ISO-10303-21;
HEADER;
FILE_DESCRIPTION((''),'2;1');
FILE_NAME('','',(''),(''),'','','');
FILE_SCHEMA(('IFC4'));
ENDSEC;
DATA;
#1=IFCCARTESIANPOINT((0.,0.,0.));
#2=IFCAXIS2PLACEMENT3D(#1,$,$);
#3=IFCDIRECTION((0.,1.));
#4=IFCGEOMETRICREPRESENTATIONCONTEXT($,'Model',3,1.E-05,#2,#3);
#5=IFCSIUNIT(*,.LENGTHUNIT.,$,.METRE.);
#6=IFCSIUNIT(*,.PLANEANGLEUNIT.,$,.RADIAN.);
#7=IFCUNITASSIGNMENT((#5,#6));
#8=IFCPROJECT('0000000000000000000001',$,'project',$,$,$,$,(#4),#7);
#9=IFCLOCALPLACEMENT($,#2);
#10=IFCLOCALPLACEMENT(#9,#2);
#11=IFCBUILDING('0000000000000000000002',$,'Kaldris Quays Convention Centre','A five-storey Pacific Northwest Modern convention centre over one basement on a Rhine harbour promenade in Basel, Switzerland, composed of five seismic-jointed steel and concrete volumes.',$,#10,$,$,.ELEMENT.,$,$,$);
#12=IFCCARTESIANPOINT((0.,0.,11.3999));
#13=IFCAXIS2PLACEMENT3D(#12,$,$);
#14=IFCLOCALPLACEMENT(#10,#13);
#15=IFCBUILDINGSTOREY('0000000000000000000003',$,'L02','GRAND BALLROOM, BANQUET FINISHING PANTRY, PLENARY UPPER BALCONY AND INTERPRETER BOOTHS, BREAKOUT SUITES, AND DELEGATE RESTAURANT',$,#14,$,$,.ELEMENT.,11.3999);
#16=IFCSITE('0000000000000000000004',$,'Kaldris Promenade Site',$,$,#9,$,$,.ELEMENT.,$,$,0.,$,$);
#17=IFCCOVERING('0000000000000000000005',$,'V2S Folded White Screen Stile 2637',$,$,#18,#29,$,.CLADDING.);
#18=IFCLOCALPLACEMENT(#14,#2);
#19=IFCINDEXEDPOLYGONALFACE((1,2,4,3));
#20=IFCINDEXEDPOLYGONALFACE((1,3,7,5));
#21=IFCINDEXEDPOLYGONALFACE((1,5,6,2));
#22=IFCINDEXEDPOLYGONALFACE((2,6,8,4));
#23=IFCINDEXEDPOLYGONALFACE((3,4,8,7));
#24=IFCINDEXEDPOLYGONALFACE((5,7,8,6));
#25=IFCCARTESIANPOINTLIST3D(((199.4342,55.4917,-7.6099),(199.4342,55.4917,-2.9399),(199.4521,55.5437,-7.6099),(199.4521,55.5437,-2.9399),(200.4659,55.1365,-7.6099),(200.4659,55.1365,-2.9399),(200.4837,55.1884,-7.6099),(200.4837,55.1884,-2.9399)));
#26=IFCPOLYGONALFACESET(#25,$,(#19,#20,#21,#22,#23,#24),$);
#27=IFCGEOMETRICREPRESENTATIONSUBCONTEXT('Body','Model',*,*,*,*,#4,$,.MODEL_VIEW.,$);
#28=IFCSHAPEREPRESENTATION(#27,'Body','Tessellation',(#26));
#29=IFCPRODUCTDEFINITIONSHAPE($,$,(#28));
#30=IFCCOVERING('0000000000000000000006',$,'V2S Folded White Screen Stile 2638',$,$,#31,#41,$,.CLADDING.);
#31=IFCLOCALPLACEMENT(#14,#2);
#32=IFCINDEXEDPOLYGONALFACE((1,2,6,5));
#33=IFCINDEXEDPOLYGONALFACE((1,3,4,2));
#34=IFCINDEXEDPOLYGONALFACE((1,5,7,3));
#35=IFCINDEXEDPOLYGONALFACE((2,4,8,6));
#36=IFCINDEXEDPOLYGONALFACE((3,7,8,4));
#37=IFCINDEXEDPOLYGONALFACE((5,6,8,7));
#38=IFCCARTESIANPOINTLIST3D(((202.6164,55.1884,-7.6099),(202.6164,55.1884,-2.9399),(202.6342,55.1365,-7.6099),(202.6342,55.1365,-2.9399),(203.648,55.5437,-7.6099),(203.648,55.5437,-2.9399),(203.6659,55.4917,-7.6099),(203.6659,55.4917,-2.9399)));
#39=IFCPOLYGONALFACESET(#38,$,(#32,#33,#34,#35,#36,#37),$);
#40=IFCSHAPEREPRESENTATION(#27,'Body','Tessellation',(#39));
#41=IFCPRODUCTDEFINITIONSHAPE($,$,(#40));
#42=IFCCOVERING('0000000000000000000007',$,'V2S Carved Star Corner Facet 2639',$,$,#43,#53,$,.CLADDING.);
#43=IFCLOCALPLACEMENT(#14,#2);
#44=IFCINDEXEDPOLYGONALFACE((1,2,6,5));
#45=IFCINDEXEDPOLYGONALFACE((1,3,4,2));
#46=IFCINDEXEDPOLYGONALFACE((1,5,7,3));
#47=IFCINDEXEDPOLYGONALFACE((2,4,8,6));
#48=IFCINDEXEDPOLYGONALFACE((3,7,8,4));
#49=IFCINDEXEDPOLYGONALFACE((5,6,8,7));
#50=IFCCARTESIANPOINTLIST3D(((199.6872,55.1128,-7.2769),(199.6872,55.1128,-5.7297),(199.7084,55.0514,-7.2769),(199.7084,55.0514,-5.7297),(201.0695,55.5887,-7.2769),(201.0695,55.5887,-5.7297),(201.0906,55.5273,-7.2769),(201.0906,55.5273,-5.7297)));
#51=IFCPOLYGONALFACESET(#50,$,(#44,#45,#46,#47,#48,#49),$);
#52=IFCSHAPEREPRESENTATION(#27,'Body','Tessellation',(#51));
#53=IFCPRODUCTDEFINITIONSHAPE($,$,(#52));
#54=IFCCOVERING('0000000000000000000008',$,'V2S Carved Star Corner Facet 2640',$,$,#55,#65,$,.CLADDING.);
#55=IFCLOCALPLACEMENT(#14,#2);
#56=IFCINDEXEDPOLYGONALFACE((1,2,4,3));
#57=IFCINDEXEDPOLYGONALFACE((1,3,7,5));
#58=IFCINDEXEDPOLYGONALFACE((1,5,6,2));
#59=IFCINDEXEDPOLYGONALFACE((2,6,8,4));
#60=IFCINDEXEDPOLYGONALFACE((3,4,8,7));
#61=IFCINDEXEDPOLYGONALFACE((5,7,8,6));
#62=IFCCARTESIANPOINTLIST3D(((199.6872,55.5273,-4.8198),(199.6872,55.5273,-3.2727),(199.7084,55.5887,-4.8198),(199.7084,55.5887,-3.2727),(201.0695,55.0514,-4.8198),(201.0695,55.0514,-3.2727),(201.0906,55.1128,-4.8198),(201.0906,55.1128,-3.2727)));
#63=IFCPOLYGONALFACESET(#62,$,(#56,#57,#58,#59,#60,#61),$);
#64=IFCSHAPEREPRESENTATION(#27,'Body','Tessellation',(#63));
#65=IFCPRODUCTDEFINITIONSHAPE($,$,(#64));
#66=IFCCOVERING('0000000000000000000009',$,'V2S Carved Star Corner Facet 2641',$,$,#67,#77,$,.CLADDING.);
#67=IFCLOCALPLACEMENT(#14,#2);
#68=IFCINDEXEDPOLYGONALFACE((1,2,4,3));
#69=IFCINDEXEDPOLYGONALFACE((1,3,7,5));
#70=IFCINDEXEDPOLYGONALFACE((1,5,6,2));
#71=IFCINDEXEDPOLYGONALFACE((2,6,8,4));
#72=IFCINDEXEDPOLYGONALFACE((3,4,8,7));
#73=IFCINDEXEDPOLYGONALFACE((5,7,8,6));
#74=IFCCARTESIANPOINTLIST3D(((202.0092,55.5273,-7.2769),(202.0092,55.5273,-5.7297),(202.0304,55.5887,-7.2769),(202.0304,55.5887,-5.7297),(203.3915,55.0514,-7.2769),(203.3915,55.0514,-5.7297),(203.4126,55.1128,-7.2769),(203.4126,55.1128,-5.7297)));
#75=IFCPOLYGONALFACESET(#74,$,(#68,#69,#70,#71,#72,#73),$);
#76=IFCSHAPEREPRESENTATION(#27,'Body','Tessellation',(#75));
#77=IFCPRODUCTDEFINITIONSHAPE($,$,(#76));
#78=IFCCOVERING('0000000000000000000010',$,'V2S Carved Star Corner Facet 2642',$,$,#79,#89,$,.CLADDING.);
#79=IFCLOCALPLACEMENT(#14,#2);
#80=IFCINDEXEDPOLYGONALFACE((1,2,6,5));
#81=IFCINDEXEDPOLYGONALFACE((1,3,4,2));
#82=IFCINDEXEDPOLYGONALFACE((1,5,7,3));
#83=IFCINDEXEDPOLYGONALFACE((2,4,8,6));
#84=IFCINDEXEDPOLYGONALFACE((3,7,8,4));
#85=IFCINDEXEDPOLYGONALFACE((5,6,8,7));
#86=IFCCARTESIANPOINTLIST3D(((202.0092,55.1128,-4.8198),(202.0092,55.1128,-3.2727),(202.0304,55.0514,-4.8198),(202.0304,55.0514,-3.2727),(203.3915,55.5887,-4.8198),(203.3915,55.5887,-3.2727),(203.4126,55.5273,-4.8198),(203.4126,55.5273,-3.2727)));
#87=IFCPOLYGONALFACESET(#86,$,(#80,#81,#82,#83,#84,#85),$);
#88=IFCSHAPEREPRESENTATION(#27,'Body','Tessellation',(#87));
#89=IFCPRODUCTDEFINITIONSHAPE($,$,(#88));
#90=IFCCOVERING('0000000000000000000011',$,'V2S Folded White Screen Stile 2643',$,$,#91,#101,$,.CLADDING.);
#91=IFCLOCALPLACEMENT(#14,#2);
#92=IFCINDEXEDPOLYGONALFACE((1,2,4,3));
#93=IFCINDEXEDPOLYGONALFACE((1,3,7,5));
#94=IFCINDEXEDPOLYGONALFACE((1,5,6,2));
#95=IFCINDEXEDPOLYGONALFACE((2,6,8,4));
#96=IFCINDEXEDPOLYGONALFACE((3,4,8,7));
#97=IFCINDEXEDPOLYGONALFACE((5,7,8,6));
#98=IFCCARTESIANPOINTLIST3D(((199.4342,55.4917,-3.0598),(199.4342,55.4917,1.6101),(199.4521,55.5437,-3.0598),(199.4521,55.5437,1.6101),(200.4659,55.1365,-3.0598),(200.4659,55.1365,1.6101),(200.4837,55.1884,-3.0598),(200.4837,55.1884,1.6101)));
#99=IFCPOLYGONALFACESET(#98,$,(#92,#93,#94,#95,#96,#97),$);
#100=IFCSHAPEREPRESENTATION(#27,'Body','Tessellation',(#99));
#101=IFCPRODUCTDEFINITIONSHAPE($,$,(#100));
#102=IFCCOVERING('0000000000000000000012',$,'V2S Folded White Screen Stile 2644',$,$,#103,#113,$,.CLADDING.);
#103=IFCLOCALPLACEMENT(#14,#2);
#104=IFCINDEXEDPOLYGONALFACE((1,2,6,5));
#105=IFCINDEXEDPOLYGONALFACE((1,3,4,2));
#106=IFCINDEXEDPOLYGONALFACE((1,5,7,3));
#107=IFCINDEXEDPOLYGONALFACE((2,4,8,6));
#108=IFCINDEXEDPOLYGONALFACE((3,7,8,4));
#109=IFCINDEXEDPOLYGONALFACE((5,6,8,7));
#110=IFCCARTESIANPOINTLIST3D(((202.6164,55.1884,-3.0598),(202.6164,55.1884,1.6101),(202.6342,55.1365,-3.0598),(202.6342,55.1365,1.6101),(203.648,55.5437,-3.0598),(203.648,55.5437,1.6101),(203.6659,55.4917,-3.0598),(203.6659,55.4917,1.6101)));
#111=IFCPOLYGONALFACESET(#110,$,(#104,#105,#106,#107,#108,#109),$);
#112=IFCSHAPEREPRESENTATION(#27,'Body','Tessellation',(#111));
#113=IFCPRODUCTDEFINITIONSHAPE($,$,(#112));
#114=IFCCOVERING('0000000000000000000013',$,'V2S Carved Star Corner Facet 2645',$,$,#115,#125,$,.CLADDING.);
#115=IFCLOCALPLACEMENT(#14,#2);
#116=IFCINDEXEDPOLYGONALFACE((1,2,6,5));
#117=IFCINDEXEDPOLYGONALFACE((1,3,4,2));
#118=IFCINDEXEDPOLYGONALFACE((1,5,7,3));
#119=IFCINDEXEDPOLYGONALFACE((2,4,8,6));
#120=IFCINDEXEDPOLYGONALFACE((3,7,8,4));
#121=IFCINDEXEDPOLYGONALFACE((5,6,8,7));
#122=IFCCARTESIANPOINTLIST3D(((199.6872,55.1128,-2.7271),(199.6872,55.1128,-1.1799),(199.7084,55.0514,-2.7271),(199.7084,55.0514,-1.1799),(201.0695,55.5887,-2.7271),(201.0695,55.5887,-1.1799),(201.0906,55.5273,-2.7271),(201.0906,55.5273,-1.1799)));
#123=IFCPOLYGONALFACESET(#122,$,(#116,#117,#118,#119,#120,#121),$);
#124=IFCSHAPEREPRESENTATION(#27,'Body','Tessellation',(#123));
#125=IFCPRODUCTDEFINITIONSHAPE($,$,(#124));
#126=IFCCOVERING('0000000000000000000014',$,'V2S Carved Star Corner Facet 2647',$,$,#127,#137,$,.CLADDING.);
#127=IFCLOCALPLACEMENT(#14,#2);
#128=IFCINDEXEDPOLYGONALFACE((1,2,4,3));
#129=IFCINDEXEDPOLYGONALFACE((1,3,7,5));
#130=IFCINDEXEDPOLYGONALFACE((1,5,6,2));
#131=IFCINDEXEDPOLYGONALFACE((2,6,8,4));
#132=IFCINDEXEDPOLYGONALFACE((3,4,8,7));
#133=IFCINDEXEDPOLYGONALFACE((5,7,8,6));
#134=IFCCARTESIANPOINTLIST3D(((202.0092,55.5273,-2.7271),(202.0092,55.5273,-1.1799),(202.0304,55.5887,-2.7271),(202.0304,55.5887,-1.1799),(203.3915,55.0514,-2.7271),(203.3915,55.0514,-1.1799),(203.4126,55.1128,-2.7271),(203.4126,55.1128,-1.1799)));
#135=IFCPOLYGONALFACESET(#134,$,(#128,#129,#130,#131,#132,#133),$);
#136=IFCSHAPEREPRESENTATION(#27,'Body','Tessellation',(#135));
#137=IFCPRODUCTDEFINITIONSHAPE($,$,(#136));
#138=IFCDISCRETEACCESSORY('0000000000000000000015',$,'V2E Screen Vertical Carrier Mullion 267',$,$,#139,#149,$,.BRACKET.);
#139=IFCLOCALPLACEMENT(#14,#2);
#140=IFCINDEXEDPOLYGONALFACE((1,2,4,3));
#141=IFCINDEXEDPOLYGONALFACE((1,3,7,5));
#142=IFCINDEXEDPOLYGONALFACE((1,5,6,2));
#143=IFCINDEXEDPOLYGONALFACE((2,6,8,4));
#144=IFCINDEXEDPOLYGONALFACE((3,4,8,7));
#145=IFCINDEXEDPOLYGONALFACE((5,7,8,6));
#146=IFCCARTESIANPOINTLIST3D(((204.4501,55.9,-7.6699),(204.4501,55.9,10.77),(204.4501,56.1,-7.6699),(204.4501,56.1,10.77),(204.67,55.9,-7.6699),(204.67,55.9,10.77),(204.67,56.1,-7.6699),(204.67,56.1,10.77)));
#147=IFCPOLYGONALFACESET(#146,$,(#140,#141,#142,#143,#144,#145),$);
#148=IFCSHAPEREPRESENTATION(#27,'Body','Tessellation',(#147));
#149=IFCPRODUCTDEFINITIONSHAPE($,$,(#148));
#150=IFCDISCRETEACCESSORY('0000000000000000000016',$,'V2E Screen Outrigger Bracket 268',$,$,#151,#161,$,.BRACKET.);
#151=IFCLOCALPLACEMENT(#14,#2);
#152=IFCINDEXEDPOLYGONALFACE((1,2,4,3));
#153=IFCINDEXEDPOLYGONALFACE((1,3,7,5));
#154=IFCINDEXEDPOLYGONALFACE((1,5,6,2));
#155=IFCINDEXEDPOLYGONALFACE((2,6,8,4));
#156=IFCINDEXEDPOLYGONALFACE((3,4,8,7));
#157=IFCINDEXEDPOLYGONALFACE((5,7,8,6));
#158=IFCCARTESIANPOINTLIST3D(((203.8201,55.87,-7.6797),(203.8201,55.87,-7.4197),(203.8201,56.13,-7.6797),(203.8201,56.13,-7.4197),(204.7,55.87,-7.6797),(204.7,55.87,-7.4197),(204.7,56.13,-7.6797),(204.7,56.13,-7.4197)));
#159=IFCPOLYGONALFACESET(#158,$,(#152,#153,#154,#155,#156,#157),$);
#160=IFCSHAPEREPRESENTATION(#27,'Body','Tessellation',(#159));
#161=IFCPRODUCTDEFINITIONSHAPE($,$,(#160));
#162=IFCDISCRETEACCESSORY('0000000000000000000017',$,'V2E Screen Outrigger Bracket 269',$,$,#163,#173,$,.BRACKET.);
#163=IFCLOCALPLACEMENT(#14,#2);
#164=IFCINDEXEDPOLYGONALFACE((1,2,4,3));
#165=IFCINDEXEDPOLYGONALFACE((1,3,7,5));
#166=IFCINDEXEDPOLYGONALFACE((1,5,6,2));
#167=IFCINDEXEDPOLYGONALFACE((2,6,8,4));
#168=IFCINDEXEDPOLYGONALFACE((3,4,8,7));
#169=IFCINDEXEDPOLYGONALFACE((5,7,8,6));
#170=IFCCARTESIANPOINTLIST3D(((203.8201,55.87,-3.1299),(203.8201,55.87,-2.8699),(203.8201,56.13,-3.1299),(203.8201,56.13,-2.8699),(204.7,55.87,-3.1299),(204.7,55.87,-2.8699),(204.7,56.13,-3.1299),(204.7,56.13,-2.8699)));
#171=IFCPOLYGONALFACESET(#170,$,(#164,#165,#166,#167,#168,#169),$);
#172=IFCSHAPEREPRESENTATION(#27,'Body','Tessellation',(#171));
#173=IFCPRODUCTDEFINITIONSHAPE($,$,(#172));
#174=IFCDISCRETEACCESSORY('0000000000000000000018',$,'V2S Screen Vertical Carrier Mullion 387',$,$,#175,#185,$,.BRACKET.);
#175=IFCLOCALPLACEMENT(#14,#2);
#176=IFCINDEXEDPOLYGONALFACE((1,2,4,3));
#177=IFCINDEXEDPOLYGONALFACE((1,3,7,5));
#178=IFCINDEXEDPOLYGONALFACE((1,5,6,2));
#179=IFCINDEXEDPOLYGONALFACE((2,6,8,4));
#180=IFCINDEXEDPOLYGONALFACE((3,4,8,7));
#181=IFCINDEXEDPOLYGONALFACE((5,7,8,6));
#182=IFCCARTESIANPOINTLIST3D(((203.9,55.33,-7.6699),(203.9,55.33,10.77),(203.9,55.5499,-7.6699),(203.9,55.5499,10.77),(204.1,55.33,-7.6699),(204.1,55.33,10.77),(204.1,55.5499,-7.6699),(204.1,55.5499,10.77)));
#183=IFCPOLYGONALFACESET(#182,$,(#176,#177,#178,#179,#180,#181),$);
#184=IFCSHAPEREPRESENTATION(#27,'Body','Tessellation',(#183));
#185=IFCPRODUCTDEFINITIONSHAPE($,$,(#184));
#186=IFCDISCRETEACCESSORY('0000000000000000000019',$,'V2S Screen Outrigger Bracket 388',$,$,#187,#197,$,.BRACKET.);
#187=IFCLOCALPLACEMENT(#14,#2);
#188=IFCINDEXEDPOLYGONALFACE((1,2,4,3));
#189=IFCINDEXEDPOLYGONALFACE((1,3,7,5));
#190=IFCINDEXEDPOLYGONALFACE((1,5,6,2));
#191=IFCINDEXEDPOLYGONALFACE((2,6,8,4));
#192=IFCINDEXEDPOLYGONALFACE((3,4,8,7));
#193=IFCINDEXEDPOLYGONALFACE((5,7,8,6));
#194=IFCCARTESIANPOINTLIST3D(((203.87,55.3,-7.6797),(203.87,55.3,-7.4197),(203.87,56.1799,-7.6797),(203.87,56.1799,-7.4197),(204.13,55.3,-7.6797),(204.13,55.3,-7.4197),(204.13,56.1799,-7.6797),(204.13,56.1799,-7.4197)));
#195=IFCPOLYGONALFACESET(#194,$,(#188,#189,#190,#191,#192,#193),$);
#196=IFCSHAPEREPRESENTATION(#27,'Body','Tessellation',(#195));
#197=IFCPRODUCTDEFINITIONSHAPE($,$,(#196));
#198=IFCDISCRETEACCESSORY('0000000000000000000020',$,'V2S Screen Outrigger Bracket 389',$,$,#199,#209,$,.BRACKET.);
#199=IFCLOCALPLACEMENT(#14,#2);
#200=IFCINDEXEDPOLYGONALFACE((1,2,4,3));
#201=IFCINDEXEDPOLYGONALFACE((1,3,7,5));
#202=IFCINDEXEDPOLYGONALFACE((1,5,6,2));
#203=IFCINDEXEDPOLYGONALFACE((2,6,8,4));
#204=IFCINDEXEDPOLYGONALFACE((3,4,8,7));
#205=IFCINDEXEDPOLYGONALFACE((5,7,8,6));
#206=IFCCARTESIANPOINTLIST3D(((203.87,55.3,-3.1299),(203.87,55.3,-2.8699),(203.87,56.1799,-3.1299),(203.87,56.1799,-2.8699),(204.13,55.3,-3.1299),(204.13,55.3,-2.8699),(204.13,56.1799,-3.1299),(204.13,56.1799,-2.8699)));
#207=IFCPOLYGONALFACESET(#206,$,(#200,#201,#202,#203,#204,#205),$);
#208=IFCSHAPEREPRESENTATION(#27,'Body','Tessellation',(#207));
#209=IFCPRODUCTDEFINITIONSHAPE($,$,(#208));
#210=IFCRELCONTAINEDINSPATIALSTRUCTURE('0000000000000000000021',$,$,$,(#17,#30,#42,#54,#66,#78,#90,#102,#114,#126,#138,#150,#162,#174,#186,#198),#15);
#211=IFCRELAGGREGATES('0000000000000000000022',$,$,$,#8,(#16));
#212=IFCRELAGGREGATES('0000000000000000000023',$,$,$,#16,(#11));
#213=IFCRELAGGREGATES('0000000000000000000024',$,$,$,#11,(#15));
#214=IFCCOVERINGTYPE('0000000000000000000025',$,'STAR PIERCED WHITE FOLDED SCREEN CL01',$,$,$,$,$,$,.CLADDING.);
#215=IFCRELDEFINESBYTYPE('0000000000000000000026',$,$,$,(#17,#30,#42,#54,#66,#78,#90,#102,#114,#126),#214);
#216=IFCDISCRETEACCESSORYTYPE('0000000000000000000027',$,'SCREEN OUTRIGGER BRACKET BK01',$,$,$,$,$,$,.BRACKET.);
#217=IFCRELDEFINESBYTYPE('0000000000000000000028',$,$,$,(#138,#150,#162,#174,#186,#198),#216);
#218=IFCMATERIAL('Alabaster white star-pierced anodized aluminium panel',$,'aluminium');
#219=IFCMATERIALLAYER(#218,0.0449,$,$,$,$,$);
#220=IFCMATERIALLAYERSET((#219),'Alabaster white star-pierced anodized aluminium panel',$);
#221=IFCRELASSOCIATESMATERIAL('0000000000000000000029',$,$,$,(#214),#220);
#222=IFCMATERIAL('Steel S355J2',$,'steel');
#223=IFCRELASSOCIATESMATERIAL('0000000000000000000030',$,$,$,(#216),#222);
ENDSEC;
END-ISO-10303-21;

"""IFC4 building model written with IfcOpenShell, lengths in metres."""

from ifc_helpers import new_model, si_unit, direction, frame, origin, origin_2d, place, context, subcontext, project, spatial, rectangle, extrude, material, layer, layer_set, type_object, element, save


model = new_model("IFC4")

# Units and contexts
model_context = context("Model", 3, precision=1e-05, world=origin(), true_north=direction((0.0, 1.0)))
body_context = subcontext(model_context, "Body", "Model", "MODEL_VIEW")
ifc_project = project(units=[si_unit("LENGTHUNIT", "METRE"), si_unit("PLANEANGLEUNIT", "RADIAN")], contexts=[model_context])

# Site, building, storey
site_placement = place(None, origin())
site = spatial("IfcSite", under=ifc_project, at=site_placement, Name="Kaldris Promenade Site", CompositionType="ELEMENT", RefElevation=0.0)
building_placement = place(site_placement, origin())
building = spatial("IfcBuilding", under=site, at=building_placement, Name="Kaldris Quays Convention Centre", Description="A five-storey Pacific Northwest Modern convention centre over one basement on a Rhine harbour promenade in Basel, Switzerland, composed of five seismic-jointed steel and concrete volumes.", CompositionType="ELEMENT")
storey_placement = place(building_placement, frame((0.0, 0.0, 11.3999)))
storey = spatial("IfcBuildingStorey", under=building, at=storey_placement, Name="L02", Description="GRAND BALLROOM, BANQUET FINISHING PANTRY, PLENARY UPPER BALCONY AND INTERPRETER BOOTHS, BREAKOUT SUITES, AND DELEGATE RESTAURANT", CompositionType="ELEMENT", Elevation=11.3999)

# Coverings
ifc_material_1 = material(Name="Alabaster white star-pierced anodized aluminium panel", Category="aluminium")
ifc_layer = layer(ifc_material_1, 0.0449)
ifc_layer_set = layer_set([ifc_layer], Name="Alabaster white star-pierced anodized aluminium panel")
covering_type = type_object("IfcCoveringType", Name="STAR PIERCED WHITE FOLDED SCREEN CL01", PredefinedType="CLADDING", material=ifc_layer_set)
for number, where, z_axis, x_axis, name in (
    (1, (199.959, 55.3401, -7.6099), (0.0, 0.0, 1.0), (0.945519, -0.325568, 0.0), "V2S Folded White Screen Stile 2637"),
    (2, (203.1411, 55.3401, -7.6099), (0.0, 0.0, 1.0), (0.945519, 0.325568, 0.0), "V2S Folded White Screen Stile 2638"),
):
    element("IfcCovering", number, at=place(storey_placement, frame(where, z_axis=z_axis, x_axis=x_axis)), inside=storey, type_object=covering_type, Name=name, PredefinedType="CLADDING", context=body_context, shape_type="SweptSolid", body=[
        extrude(rectangle(XDim=1.0911, YDim=0.0549, at=origin_2d()), origin(), (0.0, 0.0, 1.0), 4.6699),
    ])
for number, where, z_axis, x_axis, name in (
    (3, (200.3889, 55.3201, -7.2769), (0.0, 0.0, 1.0), (0.945519, 0.325568, 0.0), "V2S Carved Star Corner Facet 2639"),
    (4, (200.3889, 55.3201, -4.8198), (0.0, 0.0, 1.0), (0.945519, -0.325568, 0.0), "V2S Carved Star Corner Facet 2640"),
    (5, (202.7109, 55.3201, -7.2769), (0.0, 0.0, 1.0), (0.945519, -0.325568, 0.0), "V2S Carved Star Corner Facet 2641"),
    (6, (202.7109, 55.3201, -4.8198), (0.0, 0.0, 1.0), (0.945519, 0.325568, 0.0), "V2S Carved Star Corner Facet 2642"),
):
    element("IfcCovering", number, at=place(storey_placement, frame(where, z_axis=z_axis, x_axis=x_axis)), inside=storey, type_object=covering_type, Name=name, PredefinedType="CLADDING", context=body_context, shape_type="SweptSolid", body=[
        extrude(rectangle(XDim=1.4619, YDim=0.0649, at=origin_2d()), origin(), (0.0, 0.0, 1.0), 1.5471),
    ])
for number, where, z_axis, x_axis, name in (
    (7, (199.959, 55.3401, -3.0598), (0.0, 0.0, 1.0), (0.945519, -0.325568, 0.0), "V2S Folded White Screen Stile 2643"),
    (8, (203.1411, 55.3401, -3.0598), (0.0, 0.0, 1.0), (0.945519, 0.325568, 0.0), "V2S Folded White Screen Stile 2644"),
):
    element("IfcCovering", number, at=place(storey_placement, frame(where, z_axis=z_axis, x_axis=x_axis)), inside=storey, type_object=covering_type, Name=name, PredefinedType="CLADDING", context=body_context, shape_type="SweptSolid", body=[
        extrude(rectangle(XDim=1.0911, YDim=0.0549, at=origin_2d()), origin(), (0.0, 0.0, 1.0), 4.6699),
    ])
for number, where, z_axis, x_axis, name in (
    (9, (200.3889, 55.3201, -2.7271), (0.0, 0.0, 1.0), (0.945519, 0.325568, 0.0), "V2S Carved Star Corner Facet 2645"),
    (10, (202.7109, 55.3201, -2.7271), (0.0, 0.0, 1.0), (0.945519, -0.325568, 0.0), "V2S Carved Star Corner Facet 2647"),
):
    element("IfcCovering", number, at=place(storey_placement, frame(where, z_axis=z_axis, x_axis=x_axis)), inside=storey, type_object=covering_type, Name=name, PredefinedType="CLADDING", context=body_context, shape_type="SweptSolid", body=[
        extrude(rectangle(XDim=1.4619, YDim=0.0649, at=origin_2d()), origin(), (0.0, 0.0, 1.0), 1.5471),
    ])

# Discrete accessories
ifc_material_2 = material(Name="Steel S355J2", Category="steel")
discrete_accessory_type = type_object("IfcDiscreteAccessoryType", Name="SCREEN OUTRIGGER BRACKET BK01", PredefinedType="BRACKET", material=ifc_material_2)
discrete_accessory_1_placement = place(storey_placement, frame((204.5601, 56.0, -7.6699), z_axis=(0.0, 0.0, 1.0), x_axis=(0.0, 1.0, 0.0)))
element("IfcDiscreteAccessory", 11, at=discrete_accessory_1_placement, inside=storey, type_object=discrete_accessory_type, Name="V2E Screen Vertical Carrier Mullion 267", PredefinedType="BRACKET", context=body_context, shape_type="SweptSolid", body=[
    extrude(rectangle(XDim=0.2, YDim=0.22, at=origin_2d()), origin(), (0.0, 0.0, 1.0), 18.4399),
])
for number, where, z_axis, x_axis, name in (
    (12, (204.26, 56.0, -7.6797), (0.0, 0.0, 1.0), (0.0, 1.0, 0.0), "V2E Screen Outrigger Bracket 268"),
    (13, (204.26, 56.0, -3.1299), (0.0, 0.0, 1.0), (0.0, 1.0, 0.0), "V2E Screen Outrigger Bracket 269"),
):
    element("IfcDiscreteAccessory", number, at=place(storey_placement, frame(where, z_axis=z_axis, x_axis=x_axis)), inside=storey, type_object=discrete_accessory_type, Name=name, PredefinedType="BRACKET", context=body_context, shape_type="SweptSolid", body=[
        extrude(rectangle(XDim=0.26, YDim=0.8799, at=origin_2d()), origin(), (0.0, 0.0, 1.0), 0.26),
    ])
discrete_accessory_2_placement = place(storey_placement, frame((204.0, 55.4399, -7.6699), z_axis=(0.0, 0.0, 1.0), x_axis=(1.0, 0.0, 0.0)))
element("IfcDiscreteAccessory", 14, at=discrete_accessory_2_placement, inside=storey, type_object=discrete_accessory_type, Name="V2S Screen Vertical Carrier Mullion 387", PredefinedType="BRACKET", context=body_context, shape_type="SweptSolid", body=[
    extrude(rectangle(XDim=0.2, YDim=0.22, at=origin_2d()), origin(), (0.0, 0.0, 1.0), 18.4399),
])
for number, where, z_axis, x_axis, name in (
    (15, (204.0, 55.74, -7.6797), (0.0, 0.0, 1.0), (1.0, 0.0, 0.0), "V2S Screen Outrigger Bracket 388"),
    (16, (204.0, 55.74, -3.1299), (0.0, 0.0, 1.0), (1.0, 0.0, 0.0), "V2S Screen Outrigger Bracket 389"),
):
    element("IfcDiscreteAccessory", number, at=place(storey_placement, frame(where, z_axis=z_axis, x_axis=x_axis)), inside=storey, type_object=discrete_accessory_type, Name=name, PredefinedType="BRACKET", context=body_context, shape_type="SweptSolid", body=[
        extrude(rectangle(XDim=0.26, YDim=0.8799, at=origin_2d()), origin(), (0.0, 0.0, 1.0), 0.26),
    ])

save(model, "model.ifc")
